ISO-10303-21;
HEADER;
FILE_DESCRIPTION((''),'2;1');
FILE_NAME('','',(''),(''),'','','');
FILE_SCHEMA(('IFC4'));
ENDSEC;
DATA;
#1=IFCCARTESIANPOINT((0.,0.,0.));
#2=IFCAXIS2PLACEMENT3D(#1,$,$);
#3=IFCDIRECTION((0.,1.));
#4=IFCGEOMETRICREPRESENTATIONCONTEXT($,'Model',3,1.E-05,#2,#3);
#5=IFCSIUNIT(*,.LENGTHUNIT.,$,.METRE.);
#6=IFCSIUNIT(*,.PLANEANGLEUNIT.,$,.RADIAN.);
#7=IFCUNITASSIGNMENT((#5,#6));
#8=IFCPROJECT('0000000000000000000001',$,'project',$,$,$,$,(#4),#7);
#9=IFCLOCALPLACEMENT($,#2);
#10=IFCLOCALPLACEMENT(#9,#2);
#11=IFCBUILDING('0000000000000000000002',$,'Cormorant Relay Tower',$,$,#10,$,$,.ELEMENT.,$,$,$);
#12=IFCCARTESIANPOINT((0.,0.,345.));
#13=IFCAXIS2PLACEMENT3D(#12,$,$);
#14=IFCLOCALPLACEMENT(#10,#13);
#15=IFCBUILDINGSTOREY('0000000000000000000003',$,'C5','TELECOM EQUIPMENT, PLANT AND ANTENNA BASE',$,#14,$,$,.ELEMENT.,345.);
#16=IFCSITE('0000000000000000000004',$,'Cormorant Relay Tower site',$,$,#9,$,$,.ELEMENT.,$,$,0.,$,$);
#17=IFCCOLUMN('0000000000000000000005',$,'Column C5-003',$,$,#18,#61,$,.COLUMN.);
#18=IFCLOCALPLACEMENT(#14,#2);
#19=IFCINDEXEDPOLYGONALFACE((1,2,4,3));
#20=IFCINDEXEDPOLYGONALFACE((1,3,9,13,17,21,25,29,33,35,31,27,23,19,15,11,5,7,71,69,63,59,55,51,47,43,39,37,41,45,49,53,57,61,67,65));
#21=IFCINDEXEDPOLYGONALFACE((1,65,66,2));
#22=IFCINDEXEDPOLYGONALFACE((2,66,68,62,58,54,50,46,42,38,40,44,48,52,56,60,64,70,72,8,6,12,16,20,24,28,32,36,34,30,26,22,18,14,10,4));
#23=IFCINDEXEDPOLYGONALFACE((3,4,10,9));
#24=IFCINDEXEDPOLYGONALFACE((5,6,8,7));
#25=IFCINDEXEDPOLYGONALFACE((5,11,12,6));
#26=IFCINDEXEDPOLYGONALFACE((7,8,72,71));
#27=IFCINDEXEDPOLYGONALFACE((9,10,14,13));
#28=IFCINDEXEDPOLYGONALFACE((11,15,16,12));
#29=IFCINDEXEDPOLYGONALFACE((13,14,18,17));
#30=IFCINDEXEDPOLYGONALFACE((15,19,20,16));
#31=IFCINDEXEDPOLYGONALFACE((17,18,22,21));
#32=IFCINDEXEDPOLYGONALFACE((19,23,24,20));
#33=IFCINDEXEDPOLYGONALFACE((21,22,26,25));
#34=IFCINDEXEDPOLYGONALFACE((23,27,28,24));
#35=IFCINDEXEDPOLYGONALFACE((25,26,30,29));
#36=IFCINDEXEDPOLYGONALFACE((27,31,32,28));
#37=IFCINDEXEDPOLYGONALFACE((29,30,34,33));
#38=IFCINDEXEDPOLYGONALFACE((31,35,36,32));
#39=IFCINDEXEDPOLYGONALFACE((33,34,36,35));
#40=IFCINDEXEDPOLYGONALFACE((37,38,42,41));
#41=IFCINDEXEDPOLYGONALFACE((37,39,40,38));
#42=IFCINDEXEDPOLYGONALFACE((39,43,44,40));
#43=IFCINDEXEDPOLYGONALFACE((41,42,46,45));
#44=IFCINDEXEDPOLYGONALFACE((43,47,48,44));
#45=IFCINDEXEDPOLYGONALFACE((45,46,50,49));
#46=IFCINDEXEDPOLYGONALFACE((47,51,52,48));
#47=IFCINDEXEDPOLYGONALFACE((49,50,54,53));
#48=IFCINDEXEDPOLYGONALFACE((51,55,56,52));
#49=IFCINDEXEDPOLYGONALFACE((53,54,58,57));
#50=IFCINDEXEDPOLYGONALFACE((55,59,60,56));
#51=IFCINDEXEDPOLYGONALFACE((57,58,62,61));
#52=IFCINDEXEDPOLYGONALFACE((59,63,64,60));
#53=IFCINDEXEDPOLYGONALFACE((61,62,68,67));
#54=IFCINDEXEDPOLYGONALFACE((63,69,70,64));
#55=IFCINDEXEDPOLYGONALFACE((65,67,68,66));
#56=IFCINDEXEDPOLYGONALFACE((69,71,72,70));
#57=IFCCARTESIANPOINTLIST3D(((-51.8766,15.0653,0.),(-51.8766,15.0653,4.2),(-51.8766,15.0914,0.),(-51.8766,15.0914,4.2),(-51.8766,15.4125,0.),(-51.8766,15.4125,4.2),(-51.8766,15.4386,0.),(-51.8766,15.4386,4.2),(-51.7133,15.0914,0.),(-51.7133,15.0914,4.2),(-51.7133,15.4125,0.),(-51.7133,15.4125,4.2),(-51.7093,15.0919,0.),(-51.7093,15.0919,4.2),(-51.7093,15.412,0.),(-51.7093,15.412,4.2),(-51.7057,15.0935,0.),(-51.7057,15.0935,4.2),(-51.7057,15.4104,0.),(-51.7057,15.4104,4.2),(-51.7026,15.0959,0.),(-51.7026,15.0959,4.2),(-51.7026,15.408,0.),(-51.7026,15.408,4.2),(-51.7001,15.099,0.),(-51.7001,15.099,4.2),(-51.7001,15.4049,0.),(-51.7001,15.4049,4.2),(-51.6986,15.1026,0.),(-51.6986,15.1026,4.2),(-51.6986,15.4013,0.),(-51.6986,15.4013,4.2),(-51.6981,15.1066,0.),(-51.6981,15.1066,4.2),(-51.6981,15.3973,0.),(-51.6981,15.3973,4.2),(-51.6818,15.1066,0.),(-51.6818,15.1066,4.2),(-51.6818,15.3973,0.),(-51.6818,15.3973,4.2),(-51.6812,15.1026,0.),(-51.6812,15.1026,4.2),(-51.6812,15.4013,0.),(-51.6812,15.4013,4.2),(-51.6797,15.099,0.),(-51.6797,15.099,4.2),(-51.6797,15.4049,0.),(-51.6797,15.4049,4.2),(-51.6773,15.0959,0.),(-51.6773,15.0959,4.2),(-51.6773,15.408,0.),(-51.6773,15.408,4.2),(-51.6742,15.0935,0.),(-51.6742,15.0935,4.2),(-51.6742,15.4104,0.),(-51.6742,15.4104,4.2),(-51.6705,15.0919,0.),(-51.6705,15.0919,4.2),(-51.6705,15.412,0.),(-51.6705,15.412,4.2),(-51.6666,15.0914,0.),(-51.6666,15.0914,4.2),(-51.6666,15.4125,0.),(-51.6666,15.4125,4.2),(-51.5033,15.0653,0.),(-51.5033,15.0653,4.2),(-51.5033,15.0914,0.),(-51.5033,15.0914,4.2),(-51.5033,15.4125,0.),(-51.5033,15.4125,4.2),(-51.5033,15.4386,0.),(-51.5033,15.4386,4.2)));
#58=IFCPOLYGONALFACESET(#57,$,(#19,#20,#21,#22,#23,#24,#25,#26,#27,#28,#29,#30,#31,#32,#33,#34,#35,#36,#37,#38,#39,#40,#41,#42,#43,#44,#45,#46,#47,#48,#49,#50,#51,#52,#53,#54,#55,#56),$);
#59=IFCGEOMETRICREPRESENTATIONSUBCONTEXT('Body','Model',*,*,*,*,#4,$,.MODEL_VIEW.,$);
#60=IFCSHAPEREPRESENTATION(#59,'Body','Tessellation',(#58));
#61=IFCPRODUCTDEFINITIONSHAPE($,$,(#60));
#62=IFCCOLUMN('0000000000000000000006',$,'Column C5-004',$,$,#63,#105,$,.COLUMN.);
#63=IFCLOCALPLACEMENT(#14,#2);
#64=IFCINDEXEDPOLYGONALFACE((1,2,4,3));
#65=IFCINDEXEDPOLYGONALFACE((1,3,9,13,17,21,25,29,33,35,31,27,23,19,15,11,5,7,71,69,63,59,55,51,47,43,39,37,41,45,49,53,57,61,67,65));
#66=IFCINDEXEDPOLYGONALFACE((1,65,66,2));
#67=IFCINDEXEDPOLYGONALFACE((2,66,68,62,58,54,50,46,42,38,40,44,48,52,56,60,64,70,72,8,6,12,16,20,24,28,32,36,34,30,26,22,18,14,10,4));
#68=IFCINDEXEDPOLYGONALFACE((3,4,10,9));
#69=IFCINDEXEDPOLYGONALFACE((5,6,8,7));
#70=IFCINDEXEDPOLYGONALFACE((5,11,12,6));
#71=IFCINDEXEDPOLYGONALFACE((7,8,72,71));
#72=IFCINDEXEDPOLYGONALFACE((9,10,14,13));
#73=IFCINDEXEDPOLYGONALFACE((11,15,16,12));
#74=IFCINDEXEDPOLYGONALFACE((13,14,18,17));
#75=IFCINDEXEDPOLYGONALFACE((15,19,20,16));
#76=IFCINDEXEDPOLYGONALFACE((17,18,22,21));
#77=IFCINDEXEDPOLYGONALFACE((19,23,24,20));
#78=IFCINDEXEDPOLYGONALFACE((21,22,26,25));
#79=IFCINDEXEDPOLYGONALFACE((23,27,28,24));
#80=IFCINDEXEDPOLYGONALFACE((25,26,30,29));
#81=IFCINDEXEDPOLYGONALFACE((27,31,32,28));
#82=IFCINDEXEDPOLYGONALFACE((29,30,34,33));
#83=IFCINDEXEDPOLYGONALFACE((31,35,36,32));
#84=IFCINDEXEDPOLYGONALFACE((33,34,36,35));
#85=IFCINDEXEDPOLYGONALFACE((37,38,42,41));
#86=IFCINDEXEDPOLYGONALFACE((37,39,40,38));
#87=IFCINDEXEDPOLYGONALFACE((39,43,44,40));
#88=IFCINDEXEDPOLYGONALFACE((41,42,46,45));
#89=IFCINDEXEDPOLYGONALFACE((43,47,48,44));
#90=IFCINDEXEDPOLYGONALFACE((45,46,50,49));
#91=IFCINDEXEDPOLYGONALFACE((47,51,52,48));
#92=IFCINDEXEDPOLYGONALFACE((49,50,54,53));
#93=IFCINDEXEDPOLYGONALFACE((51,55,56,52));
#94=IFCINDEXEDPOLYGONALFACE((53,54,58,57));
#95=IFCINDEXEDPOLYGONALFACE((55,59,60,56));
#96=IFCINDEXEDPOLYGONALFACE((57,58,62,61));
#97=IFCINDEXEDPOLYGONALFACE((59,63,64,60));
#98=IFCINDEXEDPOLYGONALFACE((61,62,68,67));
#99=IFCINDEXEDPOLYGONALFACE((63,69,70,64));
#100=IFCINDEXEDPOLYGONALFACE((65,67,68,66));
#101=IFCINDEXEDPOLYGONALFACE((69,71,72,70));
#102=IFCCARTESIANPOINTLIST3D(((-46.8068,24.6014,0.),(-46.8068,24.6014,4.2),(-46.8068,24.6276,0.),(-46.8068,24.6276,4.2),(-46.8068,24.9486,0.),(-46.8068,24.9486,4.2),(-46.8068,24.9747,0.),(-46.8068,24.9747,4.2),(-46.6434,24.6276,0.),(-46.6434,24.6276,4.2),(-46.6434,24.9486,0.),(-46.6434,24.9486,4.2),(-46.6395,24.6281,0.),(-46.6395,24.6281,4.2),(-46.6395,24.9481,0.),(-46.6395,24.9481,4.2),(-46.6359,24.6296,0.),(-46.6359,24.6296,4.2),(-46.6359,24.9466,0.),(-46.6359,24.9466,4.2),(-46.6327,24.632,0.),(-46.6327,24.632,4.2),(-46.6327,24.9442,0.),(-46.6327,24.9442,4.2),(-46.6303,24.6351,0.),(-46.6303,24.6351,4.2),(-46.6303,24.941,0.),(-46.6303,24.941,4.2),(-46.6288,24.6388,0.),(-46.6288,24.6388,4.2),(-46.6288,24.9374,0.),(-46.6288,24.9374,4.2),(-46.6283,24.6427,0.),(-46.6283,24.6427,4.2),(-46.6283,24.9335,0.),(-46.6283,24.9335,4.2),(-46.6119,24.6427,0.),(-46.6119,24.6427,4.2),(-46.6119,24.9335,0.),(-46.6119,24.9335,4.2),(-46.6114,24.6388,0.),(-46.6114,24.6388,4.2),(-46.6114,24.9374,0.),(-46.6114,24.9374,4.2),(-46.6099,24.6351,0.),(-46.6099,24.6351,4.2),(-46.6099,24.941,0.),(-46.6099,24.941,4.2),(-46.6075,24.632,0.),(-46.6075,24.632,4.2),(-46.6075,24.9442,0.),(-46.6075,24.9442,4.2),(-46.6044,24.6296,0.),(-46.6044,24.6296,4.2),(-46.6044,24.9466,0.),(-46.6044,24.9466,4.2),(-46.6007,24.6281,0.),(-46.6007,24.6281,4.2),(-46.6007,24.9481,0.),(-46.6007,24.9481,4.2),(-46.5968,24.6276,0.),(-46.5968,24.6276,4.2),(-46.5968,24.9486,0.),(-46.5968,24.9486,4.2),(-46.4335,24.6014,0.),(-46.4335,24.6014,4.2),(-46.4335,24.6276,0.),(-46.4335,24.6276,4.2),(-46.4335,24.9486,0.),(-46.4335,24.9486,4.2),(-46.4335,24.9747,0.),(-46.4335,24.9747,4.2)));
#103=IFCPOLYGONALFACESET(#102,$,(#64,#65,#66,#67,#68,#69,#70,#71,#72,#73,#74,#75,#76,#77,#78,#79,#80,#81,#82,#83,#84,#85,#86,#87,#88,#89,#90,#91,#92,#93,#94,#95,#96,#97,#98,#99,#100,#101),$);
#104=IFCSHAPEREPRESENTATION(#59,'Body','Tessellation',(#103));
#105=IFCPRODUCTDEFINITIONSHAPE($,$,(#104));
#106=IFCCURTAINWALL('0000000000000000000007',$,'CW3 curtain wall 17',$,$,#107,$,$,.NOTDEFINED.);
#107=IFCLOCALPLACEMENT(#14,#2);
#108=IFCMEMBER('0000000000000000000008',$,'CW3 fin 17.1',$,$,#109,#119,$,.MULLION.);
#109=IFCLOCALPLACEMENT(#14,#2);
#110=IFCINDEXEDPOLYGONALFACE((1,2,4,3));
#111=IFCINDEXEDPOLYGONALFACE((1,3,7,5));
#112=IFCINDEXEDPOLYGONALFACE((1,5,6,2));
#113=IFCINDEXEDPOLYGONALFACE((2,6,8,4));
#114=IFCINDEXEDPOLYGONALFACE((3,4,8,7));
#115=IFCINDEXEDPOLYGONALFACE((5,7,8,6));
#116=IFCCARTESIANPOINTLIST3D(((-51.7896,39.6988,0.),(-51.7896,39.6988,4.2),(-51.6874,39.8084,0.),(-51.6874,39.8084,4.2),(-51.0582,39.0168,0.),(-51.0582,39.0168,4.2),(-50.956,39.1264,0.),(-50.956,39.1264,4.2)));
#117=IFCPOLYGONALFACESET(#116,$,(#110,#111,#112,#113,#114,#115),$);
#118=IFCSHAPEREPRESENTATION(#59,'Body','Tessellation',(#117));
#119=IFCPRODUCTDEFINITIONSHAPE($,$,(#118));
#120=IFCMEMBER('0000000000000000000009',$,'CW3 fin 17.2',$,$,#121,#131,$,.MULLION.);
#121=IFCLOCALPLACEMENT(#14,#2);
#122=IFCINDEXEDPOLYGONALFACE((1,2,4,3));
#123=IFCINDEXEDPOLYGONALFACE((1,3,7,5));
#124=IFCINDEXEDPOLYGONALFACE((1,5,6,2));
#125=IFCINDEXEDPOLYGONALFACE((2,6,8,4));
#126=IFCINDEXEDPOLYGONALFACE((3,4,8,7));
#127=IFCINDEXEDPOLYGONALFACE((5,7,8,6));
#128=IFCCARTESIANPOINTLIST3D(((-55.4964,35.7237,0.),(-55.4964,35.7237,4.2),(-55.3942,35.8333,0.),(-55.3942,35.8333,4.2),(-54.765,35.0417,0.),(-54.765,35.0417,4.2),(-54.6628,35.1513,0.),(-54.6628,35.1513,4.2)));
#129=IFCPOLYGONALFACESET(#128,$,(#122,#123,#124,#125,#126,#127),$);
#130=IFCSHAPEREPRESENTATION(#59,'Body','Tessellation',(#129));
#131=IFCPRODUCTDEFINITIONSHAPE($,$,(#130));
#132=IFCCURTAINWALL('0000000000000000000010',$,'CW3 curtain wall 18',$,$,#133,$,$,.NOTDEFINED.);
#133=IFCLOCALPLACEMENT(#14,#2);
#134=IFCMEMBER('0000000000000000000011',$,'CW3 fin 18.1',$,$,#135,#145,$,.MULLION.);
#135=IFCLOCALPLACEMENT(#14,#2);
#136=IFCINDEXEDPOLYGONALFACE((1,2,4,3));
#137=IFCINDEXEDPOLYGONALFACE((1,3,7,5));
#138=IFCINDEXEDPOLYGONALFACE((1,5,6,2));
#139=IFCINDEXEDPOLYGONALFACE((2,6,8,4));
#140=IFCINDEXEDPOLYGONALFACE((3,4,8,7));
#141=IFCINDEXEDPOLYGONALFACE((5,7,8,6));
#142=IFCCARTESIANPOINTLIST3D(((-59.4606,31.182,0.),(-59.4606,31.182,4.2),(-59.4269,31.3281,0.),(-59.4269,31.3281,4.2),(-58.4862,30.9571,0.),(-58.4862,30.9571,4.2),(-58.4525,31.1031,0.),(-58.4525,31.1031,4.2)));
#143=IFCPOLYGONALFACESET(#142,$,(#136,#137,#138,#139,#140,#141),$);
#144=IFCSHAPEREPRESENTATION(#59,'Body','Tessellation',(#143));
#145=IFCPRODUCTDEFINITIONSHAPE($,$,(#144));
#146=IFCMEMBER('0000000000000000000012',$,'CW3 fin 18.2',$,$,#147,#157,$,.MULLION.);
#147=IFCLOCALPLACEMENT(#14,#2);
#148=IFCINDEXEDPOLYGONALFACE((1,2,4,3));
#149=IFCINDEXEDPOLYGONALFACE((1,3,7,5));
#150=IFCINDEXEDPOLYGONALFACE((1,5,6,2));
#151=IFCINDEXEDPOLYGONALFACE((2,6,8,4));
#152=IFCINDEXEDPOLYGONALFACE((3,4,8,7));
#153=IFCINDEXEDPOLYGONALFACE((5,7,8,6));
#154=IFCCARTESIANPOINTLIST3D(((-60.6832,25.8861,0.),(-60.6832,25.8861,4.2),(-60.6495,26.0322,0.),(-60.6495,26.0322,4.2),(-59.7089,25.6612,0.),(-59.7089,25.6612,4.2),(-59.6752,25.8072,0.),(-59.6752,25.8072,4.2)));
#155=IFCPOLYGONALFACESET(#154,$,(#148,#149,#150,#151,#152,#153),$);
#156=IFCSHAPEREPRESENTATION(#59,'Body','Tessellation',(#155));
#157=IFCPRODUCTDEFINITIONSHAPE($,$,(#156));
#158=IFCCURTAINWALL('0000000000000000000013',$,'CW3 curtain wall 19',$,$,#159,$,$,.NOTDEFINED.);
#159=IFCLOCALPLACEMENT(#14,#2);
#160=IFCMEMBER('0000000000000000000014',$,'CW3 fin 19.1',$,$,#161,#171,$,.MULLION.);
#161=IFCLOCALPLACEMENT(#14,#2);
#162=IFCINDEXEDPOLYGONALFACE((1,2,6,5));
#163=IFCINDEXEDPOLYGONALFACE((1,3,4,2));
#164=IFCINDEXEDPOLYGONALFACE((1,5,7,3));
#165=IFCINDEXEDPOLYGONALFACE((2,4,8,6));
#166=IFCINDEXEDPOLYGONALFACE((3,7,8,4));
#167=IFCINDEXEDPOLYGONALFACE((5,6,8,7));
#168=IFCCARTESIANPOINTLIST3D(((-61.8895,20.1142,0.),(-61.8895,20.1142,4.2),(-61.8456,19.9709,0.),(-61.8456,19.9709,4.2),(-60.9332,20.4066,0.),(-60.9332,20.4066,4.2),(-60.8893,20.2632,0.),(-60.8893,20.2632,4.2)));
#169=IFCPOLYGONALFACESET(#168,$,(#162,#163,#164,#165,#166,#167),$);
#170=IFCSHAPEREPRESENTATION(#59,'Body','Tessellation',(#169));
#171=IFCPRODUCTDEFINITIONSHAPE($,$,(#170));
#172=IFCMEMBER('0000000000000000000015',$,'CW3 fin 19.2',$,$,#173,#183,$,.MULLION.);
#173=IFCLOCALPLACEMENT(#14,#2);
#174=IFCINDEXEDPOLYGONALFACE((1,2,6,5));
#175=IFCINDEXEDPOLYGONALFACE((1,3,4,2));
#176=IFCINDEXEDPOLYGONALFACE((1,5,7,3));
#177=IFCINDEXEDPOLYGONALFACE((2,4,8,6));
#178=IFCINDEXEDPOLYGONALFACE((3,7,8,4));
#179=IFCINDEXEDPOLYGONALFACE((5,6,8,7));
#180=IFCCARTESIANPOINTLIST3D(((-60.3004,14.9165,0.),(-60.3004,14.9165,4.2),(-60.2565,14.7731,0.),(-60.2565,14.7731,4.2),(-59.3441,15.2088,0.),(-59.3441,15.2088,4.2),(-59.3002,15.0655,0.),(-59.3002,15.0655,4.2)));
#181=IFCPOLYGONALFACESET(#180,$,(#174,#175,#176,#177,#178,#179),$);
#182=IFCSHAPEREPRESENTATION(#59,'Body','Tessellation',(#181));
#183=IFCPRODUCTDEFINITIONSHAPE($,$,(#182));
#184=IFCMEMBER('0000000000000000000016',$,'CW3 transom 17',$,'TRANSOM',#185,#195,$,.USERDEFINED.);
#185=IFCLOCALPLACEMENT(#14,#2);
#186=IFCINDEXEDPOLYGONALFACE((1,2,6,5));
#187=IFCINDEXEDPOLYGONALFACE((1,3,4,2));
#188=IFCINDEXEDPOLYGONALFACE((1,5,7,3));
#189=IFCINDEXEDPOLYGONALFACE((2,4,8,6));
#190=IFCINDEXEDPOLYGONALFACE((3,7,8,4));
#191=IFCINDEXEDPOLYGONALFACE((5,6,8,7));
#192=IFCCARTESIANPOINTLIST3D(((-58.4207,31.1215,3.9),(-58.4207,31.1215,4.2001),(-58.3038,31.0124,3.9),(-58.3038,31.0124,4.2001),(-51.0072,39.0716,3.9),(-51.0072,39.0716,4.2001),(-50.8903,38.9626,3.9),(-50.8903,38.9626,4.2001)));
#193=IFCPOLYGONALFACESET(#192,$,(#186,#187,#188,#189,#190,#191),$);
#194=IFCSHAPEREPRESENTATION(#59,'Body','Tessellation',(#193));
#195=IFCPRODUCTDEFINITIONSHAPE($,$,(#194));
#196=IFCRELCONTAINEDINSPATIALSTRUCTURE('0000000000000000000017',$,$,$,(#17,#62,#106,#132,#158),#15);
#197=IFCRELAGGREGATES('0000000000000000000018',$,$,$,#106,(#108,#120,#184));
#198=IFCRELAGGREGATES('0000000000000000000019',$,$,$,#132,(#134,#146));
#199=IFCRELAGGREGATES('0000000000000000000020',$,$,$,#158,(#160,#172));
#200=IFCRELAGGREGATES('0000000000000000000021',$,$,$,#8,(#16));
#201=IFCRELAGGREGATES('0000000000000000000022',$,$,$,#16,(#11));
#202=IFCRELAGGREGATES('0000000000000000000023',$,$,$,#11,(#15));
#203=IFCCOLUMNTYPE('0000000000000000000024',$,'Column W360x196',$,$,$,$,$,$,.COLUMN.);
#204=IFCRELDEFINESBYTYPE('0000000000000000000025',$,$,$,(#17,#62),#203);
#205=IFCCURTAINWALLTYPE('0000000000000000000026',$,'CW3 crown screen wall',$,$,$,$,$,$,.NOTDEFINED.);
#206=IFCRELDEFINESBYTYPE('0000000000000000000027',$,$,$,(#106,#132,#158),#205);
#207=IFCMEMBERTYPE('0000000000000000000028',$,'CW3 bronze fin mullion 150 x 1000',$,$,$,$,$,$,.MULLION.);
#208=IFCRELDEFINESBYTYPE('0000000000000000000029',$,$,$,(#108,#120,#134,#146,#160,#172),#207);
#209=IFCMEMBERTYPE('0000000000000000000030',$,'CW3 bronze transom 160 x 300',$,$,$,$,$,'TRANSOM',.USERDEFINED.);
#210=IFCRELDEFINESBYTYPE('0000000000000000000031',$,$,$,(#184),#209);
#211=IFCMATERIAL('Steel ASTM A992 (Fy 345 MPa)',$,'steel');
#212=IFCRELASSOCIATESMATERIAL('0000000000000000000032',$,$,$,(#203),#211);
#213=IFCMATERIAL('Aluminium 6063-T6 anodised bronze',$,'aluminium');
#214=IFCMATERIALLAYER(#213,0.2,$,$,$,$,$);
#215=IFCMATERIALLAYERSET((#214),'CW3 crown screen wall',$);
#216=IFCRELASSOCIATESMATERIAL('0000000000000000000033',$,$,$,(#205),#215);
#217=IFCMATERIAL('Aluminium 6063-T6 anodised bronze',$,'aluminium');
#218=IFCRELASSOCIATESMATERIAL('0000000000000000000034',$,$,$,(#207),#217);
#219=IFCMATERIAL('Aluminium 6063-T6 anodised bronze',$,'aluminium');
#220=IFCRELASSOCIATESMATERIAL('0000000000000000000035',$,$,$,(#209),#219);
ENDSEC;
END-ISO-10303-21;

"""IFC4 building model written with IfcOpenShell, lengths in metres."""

from ifc_helpers import new_model, si_unit, direction, frame, origin, origin_2d, place, context, subcontext, project, spatial, rectangle, i_section, extrude, material, layer, layer_set, material_profile, profile_set, type_object, element, aggregate, save


model = new_model("IFC4")

# Units and contexts
model_context = context("Model", 3, precision=1e-05, world=origin(), true_north=direction((0.0, 1.0)))
body_context = subcontext(model_context, "Body", "Model", "MODEL_VIEW")
ifc_project = project(units=[si_unit("LENGTHUNIT", "METRE"), si_unit("PLANEANGLEUNIT", "RADIAN")], contexts=[model_context])

# Site, building, storey
site_placement = place(None, origin())
site = spatial("IfcSite", under=ifc_project, at=site_placement, Name="Cormorant Relay Tower site", CompositionType="ELEMENT", RefElevation=0.0)
building_placement = place(site_placement, origin())
building = spatial("IfcBuilding", under=site, at=building_placement, Name="Cormorant Relay Tower", CompositionType="ELEMENT")
storey_placement = place(building_placement, frame((0.0, 0.0, 345.0)))
storey = spatial("IfcBuildingStorey", under=building, at=storey_placement, Name="C5", Description="TELECOM EQUIPMENT, PLANT AND ANTENNA BASE", CompositionType="ELEMENT", Elevation=345.0)

# Columns
ifc_material_1 = material(Name="Steel ASTM A992 (Fy 345 MPa)", Category="steel")
ifc_material_profile_1 = material_profile(ifc_material_1, i_section(OverallWidth=0.3733, OverallDepth=0.3733, WebThickness=0.0164, FlangeThickness=0.0261, FilletRadius=0.0151, at=origin_2d()), Name="W360x196")
ifc_profile_set_1 = profile_set([ifc_material_profile_1], Name="Steel ASTM A992 (Fy 345 MPa)")
column_type = type_object("IfcColumnType", Name="Column W360x196", PredefinedType="COLUMN", material=ifc_profile_set_1)
for number, where, z_axis, x_axis, name in (
    (1, (-51.6899, 15.252, 0.0), (0.0, 0.0, 1.0), (1.0, 0.0, 0.0), "Column C5-003"),
    (2, (-46.6201, 24.7881, 0.0), (0.0, 0.0, 1.0), (1.0, 0.0, 0.0), "Column C5-004"),
):
    element("IfcColumn", number, at=place(storey_placement, frame(where, z_axis=z_axis, x_axis=x_axis)), inside=storey, type_object=column_type, Name=name, PredefinedType="COLUMN", context=body_context, shape_type="SweptSolid", body=[
        extrude(i_section(OverallWidth=0.3733, OverallDepth=0.3733, WebThickness=0.0164, FlangeThickness=0.0261, FilletRadius=0.0151, at=origin_2d()), origin(), (0.0, 0.0, 1.0), 4.2),
    ])

# Curtain walls, members
ifc_material_2 = material(Name="Aluminium 6063-T6 anodised bronze", Category="aluminium")
ifc_layer_1 = layer(ifc_material_2, 0.2)
ifc_layer_set_1 = layer_set([ifc_layer_1], Name="CW3 crown screen wall")
curtain_wall_type = type_object("IfcCurtainWallType", Name="CW3 crown screen wall", PredefinedType="NOTDEFINED", material=ifc_layer_set_1)
curtain_wall_1_placement = place(storey_placement, origin())
curtain_wall_1 = element("IfcCurtainWall", 3, at=curtain_wall_1_placement, inside=storey, type_object=curtain_wall_type, Name="CW3 curtain wall 17", PredefinedType="NOTDEFINED")
ifc_material_3 = material(Name="Aluminium 6063-T6 anodised bronze", Category="aluminium")
ifc_material_profile_2 = material_profile(ifc_material_3, rectangle(XDim=0.1499, YDim=1.0, at=origin_2d()), Name="AL 150x1000")
ifc_profile_set_2 = profile_set([ifc_material_profile_2], Name="Aluminium 6063-T6 anodised bronze")
member_type_1 = type_object("IfcMemberType", Name="CW3 bronze fin mullion 150 x 1000", PredefinedType="MULLION", material=ifc_profile_set_2)
member_1_placement = place(storey_placement, frame((-51.3728, 39.4126, 0.0), z_axis=(0.0, 0.0, 1.0), x_axis=(-0.681998, -0.731354, 0.0)))
member_1 = element("IfcMember", 4, at=member_1_placement, type_object=member_type_1, Name="CW3 fin 17.1", PredefinedType="MULLION", context=body_context, shape_type="SweptSolid", body=[
    extrude(rectangle(XDim=0.1499, YDim=1.0, at=origin_2d()), origin(), (0.0, 0.0, 1.0), 4.2),
])
member_2_placement = place(storey_placement, frame((-55.0796, 35.4375, 0.0), z_axis=(0.0, 0.0, 1.0), x_axis=(-0.681998, -0.731354, 0.0)))
member_2 = element("IfcMember", 5, at=member_2_placement, type_object=member_type_1, Name="CW3 fin 17.2", PredefinedType="MULLION", context=body_context, shape_type="SweptSolid", body=[
    extrude(rectangle(XDim=0.1499, YDim=1.0, at=origin_2d()), origin(), (0.0, 0.0, 1.0), 4.2),
])
curtain_wall_2_placement = place(storey_placement, origin())
curtain_wall_2 = element("IfcCurtainWall", 6, at=curtain_wall_2_placement, inside=storey, type_object=curtain_wall_type, Name="CW3 curtain wall 18", PredefinedType="NOTDEFINED")
member_3_placement = place(storey_placement, frame((-58.9565, 31.1426, 0.0), z_axis=(0.0, 0.0, 1.0), x_axis=(-0.224951, -0.97437, 0.0)))
member_3 = element("IfcMember", 7, at=member_3_placement, type_object=member_type_1, Name="CW3 fin 18.1", PredefinedType="MULLION", context=body_context, shape_type="SweptSolid", body=[
    extrude(rectangle(XDim=0.1499, YDim=1.0, at=origin_2d()), origin(), (0.0, 0.0, 1.0), 4.2),
])
member_4_placement = place(storey_placement, frame((-60.1792, 25.8467, 0.0), z_axis=(0.0, 0.0, 1.0), x_axis=(-0.224951, -0.97437, 0.0)))
member_4 = element("IfcMember", 8, at=member_4_placement, type_object=member_type_1, Name="CW3 fin 18.2", PredefinedType="MULLION", context=body_context, shape_type="SweptSolid", body=[
    extrude(rectangle(XDim=0.1499, YDim=1.0, at=origin_2d()), origin(), (0.0, 0.0, 1.0), 4.2),
])
curtain_wall_3_placement = place(storey_placement, origin())
curtain_wall_3 = element("IfcCurtainWall", 9, at=curtain_wall_3_placement, inside=storey, type_object=curtain_wall_type, Name="CW3 curtain wall 19", PredefinedType="NOTDEFINED")
member_5_placement = place(storey_placement, frame((-61.3894, 20.1887, 0.0), z_axis=(0.0, 0.0, 1.0), x_axis=(0.292372, -0.956305, 0.0)))
member_5 = element("IfcMember", 10, at=member_5_placement, type_object=member_type_1, Name="CW3 fin 19.1", PredefinedType="MULLION", context=body_context, shape_type="SweptSolid", body=[
    extrude(rectangle(XDim=0.1499, YDim=1.0, at=origin_2d()), origin(), (0.0, 0.0, 1.0), 4.2),
])
member_6_placement = place(storey_placement, frame((-59.8003, 14.991, 0.0), z_axis=(0.0, 0.0, 1.0), x_axis=(0.292372, -0.956305, 0.0)))
member_6 = element("IfcMember", 11, at=member_6_placement, type_object=member_type_1, Name="CW3 fin 19.2", PredefinedType="MULLION", context=body_context, shape_type="SweptSolid", body=[
    extrude(rectangle(XDim=0.1499, YDim=1.0, at=origin_2d()), origin(), (0.0, 0.0, 1.0), 4.2),
])

# Member
ifc_material_4 = material(Name="Aluminium 6063-T6 anodised bronze", Category="aluminium")
ifc_material_profile_3 = material_profile(ifc_material_4, rectangle(XDim=0.1599, YDim=0.3, at=origin_2d()), Name="AL 160x300")
ifc_profile_set_3 = profile_set([ifc_material_profile_3], Name="Aluminium 6063-T6 anodised bronze")
member_type_2 = type_object("IfcMemberType", Name="CW3 bronze transom 160 x 300", ElementType="TRANSOM", PredefinedType="USERDEFINED", material=ifc_profile_set_3)
member_7_placement = place(storey_placement, frame((-50.9487, 39.0171, 4.05), z_axis=(-0.681993, -0.731358, 0.0), x_axis=(0.731358, -0.681993, 0.0)))
member_7 = element("IfcMember", 12, at=member_7_placement, type_object=member_type_2, Name="CW3 transom 17", ObjectType="TRANSOM", PredefinedType="USERDEFINED", context=body_context, shape_type="SweptSolid", body=[
    extrude(rectangle(XDim=0.1599, YDim=0.3, at=origin_2d()), origin(), (0.0, 0.0, 1.0), 10.8704),
])

aggregate(curtain_wall_1, [member_1, member_2, member_7])
aggregate(curtain_wall_2, [member_3, member_4])
aggregate(curtain_wall_3, [member_5, member_6])

save(model, "model.ifc")
